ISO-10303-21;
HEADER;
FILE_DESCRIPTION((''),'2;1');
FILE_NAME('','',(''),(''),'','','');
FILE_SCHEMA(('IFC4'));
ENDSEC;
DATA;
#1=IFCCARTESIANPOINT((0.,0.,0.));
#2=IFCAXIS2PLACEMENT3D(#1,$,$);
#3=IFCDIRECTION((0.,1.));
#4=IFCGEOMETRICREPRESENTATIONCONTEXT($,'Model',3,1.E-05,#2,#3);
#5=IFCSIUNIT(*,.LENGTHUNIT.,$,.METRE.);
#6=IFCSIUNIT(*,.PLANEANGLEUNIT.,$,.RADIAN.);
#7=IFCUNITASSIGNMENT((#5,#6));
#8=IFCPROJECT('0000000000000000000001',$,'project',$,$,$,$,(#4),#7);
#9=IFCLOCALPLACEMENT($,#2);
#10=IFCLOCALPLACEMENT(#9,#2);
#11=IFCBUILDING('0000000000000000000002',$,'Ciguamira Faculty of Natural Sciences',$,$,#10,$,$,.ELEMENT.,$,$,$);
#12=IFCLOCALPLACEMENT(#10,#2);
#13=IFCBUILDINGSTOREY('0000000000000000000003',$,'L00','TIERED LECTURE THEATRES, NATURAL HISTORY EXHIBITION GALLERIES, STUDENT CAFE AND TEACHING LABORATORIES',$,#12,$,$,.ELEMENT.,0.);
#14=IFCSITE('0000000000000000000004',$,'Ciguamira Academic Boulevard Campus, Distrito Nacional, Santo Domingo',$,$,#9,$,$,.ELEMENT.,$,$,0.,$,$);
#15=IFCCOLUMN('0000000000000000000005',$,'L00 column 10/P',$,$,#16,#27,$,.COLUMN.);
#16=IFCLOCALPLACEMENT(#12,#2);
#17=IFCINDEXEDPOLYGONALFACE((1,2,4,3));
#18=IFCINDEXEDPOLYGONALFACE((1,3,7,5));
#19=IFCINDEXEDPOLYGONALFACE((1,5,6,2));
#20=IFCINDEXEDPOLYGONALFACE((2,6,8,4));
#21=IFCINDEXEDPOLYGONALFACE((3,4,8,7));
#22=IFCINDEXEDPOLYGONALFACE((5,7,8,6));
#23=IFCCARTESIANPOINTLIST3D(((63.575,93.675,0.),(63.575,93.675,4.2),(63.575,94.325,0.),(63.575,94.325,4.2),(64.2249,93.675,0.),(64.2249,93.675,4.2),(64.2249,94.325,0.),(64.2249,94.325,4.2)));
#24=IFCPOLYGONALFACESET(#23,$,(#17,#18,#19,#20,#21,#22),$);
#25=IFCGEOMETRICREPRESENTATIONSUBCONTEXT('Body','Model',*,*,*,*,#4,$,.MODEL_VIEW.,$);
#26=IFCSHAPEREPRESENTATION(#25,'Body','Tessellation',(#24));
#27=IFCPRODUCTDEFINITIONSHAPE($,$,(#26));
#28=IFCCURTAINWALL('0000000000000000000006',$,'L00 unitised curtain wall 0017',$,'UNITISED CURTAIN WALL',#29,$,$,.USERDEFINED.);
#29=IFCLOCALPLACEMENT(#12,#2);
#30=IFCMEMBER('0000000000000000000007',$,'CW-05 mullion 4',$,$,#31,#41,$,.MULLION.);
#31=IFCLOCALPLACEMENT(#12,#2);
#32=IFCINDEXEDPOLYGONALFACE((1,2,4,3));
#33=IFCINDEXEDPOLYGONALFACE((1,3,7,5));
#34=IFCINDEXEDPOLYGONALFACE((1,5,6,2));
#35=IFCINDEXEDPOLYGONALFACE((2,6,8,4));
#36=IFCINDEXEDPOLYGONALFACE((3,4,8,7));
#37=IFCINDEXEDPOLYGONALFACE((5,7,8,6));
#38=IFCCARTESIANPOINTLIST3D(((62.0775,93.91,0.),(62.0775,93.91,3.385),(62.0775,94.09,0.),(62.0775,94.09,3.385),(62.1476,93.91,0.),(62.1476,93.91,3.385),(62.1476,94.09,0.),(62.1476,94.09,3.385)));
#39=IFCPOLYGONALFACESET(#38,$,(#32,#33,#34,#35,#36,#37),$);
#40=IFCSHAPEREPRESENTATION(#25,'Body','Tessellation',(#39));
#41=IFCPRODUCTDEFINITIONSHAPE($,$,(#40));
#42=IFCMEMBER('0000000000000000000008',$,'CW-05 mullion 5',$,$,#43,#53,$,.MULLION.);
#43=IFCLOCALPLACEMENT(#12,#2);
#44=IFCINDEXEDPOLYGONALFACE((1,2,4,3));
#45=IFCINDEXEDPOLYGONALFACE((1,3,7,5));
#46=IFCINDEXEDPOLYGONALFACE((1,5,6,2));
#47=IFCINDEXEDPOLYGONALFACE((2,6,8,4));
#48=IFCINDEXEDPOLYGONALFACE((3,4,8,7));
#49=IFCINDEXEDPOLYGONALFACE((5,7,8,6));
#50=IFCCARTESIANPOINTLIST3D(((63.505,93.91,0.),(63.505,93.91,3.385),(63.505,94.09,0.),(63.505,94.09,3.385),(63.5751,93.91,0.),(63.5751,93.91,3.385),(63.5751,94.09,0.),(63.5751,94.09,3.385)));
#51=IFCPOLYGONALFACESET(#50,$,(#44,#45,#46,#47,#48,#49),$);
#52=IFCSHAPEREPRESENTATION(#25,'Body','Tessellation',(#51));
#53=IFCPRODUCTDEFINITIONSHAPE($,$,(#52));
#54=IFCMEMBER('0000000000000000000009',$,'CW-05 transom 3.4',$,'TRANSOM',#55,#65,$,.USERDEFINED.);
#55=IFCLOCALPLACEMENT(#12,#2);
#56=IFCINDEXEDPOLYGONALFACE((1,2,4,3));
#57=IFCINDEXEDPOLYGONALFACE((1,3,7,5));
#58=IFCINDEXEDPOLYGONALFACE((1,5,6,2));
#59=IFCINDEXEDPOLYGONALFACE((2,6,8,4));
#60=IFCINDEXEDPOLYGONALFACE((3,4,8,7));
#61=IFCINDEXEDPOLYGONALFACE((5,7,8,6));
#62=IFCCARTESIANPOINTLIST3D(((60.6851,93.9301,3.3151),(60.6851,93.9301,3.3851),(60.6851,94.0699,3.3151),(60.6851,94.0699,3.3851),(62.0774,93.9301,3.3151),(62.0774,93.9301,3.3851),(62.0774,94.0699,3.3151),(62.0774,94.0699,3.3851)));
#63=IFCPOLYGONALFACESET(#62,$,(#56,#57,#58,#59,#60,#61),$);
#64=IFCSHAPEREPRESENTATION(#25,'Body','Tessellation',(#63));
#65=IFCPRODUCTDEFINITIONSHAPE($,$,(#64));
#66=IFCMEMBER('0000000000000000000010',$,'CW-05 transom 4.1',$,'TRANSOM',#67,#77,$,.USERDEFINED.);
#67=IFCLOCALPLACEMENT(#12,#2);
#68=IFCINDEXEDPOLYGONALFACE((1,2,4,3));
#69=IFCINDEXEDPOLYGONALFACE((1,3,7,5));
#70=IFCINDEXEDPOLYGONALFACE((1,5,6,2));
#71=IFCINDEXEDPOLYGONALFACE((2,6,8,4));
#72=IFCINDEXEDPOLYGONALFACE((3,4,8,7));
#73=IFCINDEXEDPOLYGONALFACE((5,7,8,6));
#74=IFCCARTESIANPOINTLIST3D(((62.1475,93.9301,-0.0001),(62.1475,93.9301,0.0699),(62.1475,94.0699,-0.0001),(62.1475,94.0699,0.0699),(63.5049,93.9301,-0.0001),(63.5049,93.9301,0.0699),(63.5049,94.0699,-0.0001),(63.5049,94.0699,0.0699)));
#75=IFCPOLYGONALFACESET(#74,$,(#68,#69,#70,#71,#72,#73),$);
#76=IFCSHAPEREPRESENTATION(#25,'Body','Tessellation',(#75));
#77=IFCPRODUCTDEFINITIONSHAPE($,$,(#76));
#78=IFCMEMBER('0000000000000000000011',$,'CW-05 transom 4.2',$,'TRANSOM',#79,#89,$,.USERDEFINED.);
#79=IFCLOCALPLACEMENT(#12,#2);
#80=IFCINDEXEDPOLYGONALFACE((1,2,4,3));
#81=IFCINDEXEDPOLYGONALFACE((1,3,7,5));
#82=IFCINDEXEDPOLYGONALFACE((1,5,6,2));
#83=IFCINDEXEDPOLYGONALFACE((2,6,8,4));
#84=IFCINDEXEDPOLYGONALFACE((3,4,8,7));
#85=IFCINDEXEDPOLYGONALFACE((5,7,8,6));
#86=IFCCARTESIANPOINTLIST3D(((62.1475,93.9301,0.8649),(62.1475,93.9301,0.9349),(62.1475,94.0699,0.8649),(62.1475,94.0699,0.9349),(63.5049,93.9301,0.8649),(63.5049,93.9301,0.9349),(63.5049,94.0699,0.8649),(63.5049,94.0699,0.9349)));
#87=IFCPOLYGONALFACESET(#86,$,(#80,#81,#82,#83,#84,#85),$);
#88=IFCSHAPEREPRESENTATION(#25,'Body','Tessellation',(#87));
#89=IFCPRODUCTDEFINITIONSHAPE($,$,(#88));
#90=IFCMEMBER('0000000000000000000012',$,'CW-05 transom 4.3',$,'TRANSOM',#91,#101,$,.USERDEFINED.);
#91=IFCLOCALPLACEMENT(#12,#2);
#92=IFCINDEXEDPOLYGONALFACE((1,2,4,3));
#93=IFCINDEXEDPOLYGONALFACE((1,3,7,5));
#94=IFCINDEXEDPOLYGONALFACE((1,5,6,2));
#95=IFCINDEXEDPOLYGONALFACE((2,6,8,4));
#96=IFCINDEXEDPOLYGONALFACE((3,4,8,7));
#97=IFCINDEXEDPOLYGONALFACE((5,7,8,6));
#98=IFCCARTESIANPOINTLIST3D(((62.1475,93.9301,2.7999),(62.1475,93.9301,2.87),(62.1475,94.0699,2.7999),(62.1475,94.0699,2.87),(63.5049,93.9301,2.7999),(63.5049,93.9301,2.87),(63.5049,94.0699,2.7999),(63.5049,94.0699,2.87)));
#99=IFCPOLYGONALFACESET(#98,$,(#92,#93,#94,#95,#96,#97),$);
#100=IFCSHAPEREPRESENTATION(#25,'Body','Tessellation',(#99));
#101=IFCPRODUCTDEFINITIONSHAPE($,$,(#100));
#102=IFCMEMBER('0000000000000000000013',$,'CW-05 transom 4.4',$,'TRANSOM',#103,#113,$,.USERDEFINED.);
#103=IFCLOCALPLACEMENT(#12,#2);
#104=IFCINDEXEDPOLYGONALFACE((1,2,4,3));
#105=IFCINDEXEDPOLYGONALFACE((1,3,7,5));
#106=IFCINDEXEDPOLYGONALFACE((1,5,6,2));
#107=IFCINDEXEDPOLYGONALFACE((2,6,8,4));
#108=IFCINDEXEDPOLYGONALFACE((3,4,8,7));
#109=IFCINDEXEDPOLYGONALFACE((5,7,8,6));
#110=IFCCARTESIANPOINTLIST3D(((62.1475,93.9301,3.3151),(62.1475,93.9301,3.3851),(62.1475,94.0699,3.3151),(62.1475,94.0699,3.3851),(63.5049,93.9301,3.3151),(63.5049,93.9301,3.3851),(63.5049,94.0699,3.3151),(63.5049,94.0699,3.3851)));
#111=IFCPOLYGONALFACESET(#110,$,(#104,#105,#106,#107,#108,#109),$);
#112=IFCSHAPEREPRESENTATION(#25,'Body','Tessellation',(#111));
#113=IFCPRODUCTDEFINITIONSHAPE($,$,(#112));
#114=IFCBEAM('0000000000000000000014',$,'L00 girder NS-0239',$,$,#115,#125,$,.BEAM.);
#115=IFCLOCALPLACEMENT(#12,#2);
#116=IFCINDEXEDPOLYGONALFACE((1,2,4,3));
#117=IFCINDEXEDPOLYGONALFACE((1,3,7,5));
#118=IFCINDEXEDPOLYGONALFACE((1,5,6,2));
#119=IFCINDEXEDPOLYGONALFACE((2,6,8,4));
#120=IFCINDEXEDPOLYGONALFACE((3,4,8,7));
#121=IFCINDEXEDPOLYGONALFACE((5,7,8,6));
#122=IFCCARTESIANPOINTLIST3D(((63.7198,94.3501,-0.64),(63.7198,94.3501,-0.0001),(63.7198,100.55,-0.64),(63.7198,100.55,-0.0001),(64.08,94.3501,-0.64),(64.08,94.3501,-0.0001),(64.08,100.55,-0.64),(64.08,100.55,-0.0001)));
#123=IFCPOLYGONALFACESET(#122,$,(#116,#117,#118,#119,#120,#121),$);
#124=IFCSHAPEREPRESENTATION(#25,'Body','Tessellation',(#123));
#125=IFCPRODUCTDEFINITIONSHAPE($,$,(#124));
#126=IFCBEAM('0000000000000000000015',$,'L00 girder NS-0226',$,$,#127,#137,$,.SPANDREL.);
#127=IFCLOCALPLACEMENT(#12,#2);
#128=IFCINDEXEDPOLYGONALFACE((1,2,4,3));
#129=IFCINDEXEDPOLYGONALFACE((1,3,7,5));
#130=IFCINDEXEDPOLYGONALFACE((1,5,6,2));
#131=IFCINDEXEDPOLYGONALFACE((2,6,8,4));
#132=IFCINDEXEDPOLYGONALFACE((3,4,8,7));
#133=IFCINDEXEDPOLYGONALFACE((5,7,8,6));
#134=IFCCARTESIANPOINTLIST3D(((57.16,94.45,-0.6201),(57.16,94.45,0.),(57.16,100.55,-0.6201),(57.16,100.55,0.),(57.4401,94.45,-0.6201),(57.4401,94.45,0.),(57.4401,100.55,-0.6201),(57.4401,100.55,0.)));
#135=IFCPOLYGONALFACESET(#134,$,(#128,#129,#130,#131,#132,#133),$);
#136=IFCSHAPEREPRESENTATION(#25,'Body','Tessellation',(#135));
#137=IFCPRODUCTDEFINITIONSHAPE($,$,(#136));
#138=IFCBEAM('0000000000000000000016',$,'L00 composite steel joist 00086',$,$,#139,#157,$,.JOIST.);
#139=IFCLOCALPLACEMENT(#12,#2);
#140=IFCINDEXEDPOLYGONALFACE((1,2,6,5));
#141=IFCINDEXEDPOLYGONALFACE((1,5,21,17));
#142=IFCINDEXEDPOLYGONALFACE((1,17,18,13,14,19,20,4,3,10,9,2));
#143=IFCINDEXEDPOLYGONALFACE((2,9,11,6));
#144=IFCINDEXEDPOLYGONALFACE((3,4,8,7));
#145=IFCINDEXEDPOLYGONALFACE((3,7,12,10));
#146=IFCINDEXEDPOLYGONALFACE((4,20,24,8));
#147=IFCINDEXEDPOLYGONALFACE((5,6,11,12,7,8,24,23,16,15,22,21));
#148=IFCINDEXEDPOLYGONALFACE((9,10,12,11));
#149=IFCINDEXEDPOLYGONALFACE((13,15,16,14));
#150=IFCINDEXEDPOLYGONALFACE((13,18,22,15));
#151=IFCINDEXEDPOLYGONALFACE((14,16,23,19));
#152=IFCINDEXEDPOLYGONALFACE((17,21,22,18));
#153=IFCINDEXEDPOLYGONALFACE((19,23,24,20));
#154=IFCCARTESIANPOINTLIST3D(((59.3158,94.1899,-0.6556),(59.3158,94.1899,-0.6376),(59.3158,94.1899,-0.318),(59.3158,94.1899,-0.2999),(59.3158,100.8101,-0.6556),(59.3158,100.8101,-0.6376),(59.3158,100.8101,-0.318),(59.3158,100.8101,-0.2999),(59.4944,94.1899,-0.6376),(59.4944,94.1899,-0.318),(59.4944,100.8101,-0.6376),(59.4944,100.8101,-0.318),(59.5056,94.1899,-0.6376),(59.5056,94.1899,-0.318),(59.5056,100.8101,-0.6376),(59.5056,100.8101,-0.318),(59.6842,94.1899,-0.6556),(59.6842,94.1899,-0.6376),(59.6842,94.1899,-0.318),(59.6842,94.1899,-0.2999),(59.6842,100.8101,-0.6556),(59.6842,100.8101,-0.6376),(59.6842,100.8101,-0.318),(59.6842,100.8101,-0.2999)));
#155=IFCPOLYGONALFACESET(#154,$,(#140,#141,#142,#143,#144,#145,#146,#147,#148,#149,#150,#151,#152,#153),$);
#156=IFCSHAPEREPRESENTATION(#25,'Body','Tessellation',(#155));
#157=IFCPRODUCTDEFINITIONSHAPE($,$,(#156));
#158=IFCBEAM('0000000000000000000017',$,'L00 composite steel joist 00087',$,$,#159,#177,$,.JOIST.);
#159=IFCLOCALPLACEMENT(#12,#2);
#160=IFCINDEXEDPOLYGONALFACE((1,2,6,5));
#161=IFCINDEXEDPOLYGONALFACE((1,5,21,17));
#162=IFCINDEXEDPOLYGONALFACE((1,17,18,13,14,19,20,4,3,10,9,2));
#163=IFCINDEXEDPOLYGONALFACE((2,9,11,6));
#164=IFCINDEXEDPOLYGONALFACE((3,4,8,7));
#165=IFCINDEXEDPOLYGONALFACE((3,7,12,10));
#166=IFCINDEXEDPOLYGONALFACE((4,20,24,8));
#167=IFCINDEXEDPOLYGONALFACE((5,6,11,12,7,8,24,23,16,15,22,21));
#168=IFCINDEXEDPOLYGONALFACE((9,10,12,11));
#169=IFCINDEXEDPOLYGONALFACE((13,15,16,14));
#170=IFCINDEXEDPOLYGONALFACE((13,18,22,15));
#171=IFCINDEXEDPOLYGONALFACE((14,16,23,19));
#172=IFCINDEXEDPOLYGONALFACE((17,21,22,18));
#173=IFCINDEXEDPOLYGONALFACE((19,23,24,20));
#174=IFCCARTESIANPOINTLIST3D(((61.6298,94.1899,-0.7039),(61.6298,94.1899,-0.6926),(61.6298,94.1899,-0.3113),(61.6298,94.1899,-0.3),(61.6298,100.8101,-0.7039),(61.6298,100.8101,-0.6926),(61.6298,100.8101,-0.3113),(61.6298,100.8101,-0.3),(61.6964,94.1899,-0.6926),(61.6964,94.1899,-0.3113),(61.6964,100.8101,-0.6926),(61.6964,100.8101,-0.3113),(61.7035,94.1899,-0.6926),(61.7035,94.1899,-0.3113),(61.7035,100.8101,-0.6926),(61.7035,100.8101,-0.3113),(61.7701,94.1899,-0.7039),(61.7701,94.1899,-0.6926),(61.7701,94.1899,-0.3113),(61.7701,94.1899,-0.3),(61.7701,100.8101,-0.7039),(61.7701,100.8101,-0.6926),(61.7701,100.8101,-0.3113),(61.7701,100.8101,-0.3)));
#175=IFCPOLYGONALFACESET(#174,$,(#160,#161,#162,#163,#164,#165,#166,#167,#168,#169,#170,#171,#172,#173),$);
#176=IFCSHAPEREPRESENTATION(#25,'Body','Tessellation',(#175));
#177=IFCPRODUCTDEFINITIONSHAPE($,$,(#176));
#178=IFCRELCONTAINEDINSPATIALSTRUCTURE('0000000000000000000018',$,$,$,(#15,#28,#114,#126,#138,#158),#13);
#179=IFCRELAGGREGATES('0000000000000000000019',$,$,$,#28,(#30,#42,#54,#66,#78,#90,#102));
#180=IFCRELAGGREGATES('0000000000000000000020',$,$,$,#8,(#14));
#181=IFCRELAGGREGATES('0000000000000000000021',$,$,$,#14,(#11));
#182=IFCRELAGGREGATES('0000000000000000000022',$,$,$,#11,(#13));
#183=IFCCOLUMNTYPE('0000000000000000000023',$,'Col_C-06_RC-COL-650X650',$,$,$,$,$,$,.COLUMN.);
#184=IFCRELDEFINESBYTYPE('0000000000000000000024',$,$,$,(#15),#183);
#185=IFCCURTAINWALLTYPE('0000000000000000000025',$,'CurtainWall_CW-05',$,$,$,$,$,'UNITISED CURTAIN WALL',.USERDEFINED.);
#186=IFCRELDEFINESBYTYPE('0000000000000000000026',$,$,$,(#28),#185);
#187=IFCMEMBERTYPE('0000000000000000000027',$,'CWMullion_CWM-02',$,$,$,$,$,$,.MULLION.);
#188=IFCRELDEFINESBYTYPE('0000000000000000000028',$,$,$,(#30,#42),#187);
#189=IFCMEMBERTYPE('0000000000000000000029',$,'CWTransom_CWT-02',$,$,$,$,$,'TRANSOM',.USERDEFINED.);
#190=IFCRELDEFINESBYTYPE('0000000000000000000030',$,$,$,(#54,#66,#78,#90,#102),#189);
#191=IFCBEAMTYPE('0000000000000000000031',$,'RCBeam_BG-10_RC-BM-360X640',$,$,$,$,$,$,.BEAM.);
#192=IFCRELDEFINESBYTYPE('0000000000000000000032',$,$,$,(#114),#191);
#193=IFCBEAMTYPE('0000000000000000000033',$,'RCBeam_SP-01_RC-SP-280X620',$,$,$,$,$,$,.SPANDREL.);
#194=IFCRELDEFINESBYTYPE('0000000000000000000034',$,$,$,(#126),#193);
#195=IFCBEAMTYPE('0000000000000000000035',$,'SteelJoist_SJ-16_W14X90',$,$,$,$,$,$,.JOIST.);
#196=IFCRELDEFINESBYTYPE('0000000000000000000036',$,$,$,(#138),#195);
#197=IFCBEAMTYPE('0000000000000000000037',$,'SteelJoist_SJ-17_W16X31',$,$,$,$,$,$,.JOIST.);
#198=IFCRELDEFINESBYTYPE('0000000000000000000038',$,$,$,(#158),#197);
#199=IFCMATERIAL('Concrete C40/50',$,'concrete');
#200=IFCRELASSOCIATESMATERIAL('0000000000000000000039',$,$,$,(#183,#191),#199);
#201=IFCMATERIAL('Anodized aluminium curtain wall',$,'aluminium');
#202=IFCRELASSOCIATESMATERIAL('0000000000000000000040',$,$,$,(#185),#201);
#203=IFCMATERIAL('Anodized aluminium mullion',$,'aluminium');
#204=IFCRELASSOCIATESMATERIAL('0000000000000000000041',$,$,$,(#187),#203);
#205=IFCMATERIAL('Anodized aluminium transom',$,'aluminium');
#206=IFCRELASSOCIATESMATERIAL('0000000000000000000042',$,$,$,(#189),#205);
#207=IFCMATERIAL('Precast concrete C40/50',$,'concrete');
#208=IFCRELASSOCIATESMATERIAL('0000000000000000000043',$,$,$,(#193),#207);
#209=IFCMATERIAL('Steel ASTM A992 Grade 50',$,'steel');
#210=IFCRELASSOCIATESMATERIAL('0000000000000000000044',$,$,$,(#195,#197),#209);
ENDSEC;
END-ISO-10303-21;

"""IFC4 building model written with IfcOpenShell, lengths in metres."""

from ifc_helpers import new_model, si_unit, direction, frame, origin, origin_2d, place, context, subcontext, project, spatial, rectangle, i_section, extrude, material, material_profile, profile_set, type_object, element, aggregate, save


model = new_model("IFC4")

# Units and contexts
model_context = context("Model", 3, precision=1e-05, world=origin(), true_north=direction((0.0, 1.0)))
body_context = subcontext(model_context, "Body", "Model", "MODEL_VIEW")
ifc_project = project(units=[si_unit("LENGTHUNIT", "METRE"), si_unit("PLANEANGLEUNIT", "RADIAN")], contexts=[model_context])

# Site, building, storey
site_placement = place(None, origin())
site = spatial("IfcSite", under=ifc_project, at=site_placement, Name="Ciguamira Academic Boulevard Campus, Distrito Nacional, Santo Domingo", CompositionType="ELEMENT", RefElevation=0.0)
building_placement = place(site_placement, origin())
building = spatial("IfcBuilding", under=site, at=building_placement, Name="Ciguamira Faculty of Natural Sciences", CompositionType="ELEMENT")
storey_placement = place(building_placement, origin())
storey = spatial("IfcBuildingStorey", under=building, at=storey_placement, Name="L00", Description="TIERED LECTURE THEATRES, NATURAL HISTORY EXHIBITION GALLERIES, STUDENT CAFE AND TEACHING LABORATORIES", CompositionType="ELEMENT", Elevation=0.0)

# Column
ifc_material_1 = material(Name="Concrete C40/50", Category="concrete")
ifc_material_profile_1 = material_profile(ifc_material_1, rectangle(XDim=0.6499, YDim=0.6499, at=origin_2d()), Name="RC-COL-650X650")
ifc_profile_set_1 = profile_set([ifc_material_profile_1], Name="Concrete C40/50")
column_type = type_object("IfcColumnType", Name="Col_C-06_RC-COL-650X650", PredefinedType="COLUMN", material=ifc_profile_set_1)
column_placement = place(storey_placement, frame((63.8999, 94.0, 0.0), z_axis=(0.0, 0.0, 1.0), x_axis=(1.0, 0.0, 0.0)))
element("IfcColumn", 1, at=column_placement, inside=storey, type_object=column_type, Name="L00 column 10/P", PredefinedType="COLUMN", context=body_context, shape_type="SweptSolid", body=[
    extrude(rectangle(XDim=0.6499, YDim=0.6499, at=origin_2d()), origin(), (0.0, 0.0, 1.0), 4.2),
])

# Curtain wall, members
ifc_material_2 = material(Name="Anodized aluminium curtain wall", Category="aluminium")
curtain_wall_type = type_object("IfcCurtainWallType", Name="CurtainWall_CW-05", ElementType="UNITISED CURTAIN WALL", PredefinedType="USERDEFINED", material=ifc_material_2)
curtain_wall_placement = place(storey_placement, origin())
curtain_wall = element("IfcCurtainWall", 2, at=curtain_wall_placement, inside=storey, type_object=curtain_wall_type, Name="L00 unitised curtain wall 0017", ObjectType="UNITISED CURTAIN WALL", PredefinedType="USERDEFINED")
ifc_material_3 = material(Name="Anodized aluminium mullion", Category="aluminium")
ifc_material_profile_2 = material_profile(ifc_material_3, rectangle(XDim=0.0701, YDim=0.1799, at=origin_2d()), Name="ALU-MUL-70X180")
ifc_profile_set_2 = profile_set([ifc_material_profile_2], Name="Anodized aluminium mullion")
member_type_1 = type_object("IfcMemberType", Name="CWMullion_CWM-02", PredefinedType="MULLION", material=ifc_profile_set_2)
member_1_placement = place(storey_placement, frame((62.1125, 94.0, 0.0), z_axis=(0.0, 0.0, 1.0), x_axis=(1.0, 0.0, 0.0)))
member_1 = element("IfcMember", 3, at=member_1_placement, type_object=member_type_1, Name="CW-05 mullion 4", PredefinedType="MULLION", context=body_context, shape_type="SweptSolid", body=[
    extrude(rectangle(XDim=0.0701, YDim=0.1799, at=origin_2d()), origin(), (0.0, 0.0, 1.0), 3.385),
])
member_2_placement = place(storey_placement, frame((63.54, 94.0, 0.0), z_axis=(0.0, 0.0, 1.0), x_axis=(1.0, 0.0, 0.0)))
member_2 = element("IfcMember", 4, at=member_2_placement, type_object=member_type_1, Name="CW-05 mullion 5", PredefinedType="MULLION", context=body_context, shape_type="SweptSolid", body=[
    extrude(rectangle(XDim=0.0701, YDim=0.1799, at=origin_2d()), origin(), (0.0, 0.0, 1.0), 3.385),
])
ifc_material_4 = material(Name="Anodized aluminium transom", Category="aluminium")
ifc_material_profile_3 = material_profile(ifc_material_4, rectangle(XDim=0.0701, YDim=0.1399, at=origin_2d()), Name="ALU-TRN-70X140")
ifc_profile_set_3 = profile_set([ifc_material_profile_3], Name="Anodized aluminium transom")
member_type_2 = type_object("IfcMemberType", Name="CWTransom_CWT-02", ElementType="TRANSOM", PredefinedType="USERDEFINED", material=ifc_profile_set_3)
member_3_placement = place(storey_placement, frame((60.6851, 94.0, 3.3501), z_axis=(1.0, 0.0, 0.0), x_axis=(0.0, 0.0, 1.0)))
member_3 = element("IfcMember", 5, at=member_3_placement, type_object=member_type_2, Name="CW-05 transom 3.4", ObjectType="TRANSOM", PredefinedType="USERDEFINED", context=body_context, shape_type="SweptSolid", body=[
    extrude(rectangle(XDim=0.0701, YDim=0.1399, at=origin_2d()), origin(), (0.0, 0.0, 1.0), 1.3923),
])
member_4_placement = place(storey_placement, frame((62.1475, 94.0, 0.0349), z_axis=(1.0, 0.0, 0.0), x_axis=(0.0, 0.0, 1.0)))
member_4 = element("IfcMember", 6, at=member_4_placement, type_object=member_type_2, Name="CW-05 transom 4.1", ObjectType="TRANSOM", PredefinedType="USERDEFINED", context=body_context, shape_type="SweptSolid", body=[
    extrude(rectangle(XDim=0.0701, YDim=0.1399, at=origin_2d()), origin(), (0.0, 0.0, 1.0), 1.3574),
])
member_5_placement = place(storey_placement, frame((62.1475, 94.0, 0.8999), z_axis=(1.0, 0.0, 0.0), x_axis=(0.0, 0.0, 1.0)))
member_5 = element("IfcMember", 7, at=member_5_placement, type_object=member_type_2, Name="CW-05 transom 4.2", ObjectType="TRANSOM", PredefinedType="USERDEFINED", context=body_context, shape_type="SweptSolid", body=[
    extrude(rectangle(XDim=0.0701, YDim=0.1399, at=origin_2d()), origin(), (0.0, 0.0, 1.0), 1.3574),
])
member_6_placement = place(storey_placement, frame((62.1475, 94.0, 2.835), z_axis=(1.0, 0.0, 0.0), x_axis=(0.0, 0.0, 1.0)))
member_6 = element("IfcMember", 8, at=member_6_placement, type_object=member_type_2, Name="CW-05 transom 4.3", ObjectType="TRANSOM", PredefinedType="USERDEFINED", context=body_context, shape_type="SweptSolid", body=[
    extrude(rectangle(XDim=0.0701, YDim=0.1399, at=origin_2d()), origin(), (0.0, 0.0, 1.0), 1.3574),
])
member_7_placement = place(storey_placement, frame((62.1475, 94.0, 3.3501), z_axis=(1.0, 0.0, 0.0), x_axis=(0.0, 0.0, 1.0)))
member_7 = element("IfcMember", 9, at=member_7_placement, type_object=member_type_2, Name="CW-05 transom 4.4", ObjectType="TRANSOM", PredefinedType="USERDEFINED", context=body_context, shape_type="SweptSolid", body=[
    extrude(rectangle(XDim=0.0701, YDim=0.1399, at=origin_2d()), origin(), (0.0, 0.0, 1.0), 1.3574),
])

# Beams
ifc_material_profile_4 = material_profile(ifc_material_1, rectangle(XDim=0.3601, YDim=0.6399, at=origin_2d()), Name="RC-BM-360X640")
ifc_profile_set_4 = profile_set([ifc_material_profile_4], Name="Concrete C40/50")
beam_type_1 = type_object("IfcBeamType", Name="RCBeam_BG-10_RC-BM-360X640", PredefinedType="BEAM", material=ifc_profile_set_4)
beam_1_placement = place(storey_placement, frame((63.8999, 94.3501, -0.3201), z_axis=(0.0, 1.0, 0.0), x_axis=(-1.0, 0.0, 0.0)))
element("IfcBeam", 10, at=beam_1_placement, inside=storey, type_object=beam_type_1, Name="L00 girder NS-0239", PredefinedType="BEAM", context=body_context, shape_type="SweptSolid", body=[
    extrude(rectangle(XDim=0.3601, YDim=0.6399, at=origin_2d()), origin(), (0.0, 0.0, 1.0), 6.2),
])
ifc_material_5 = material(Name="Precast concrete C40/50", Category="concrete")
ifc_material_profile_5 = material_profile(ifc_material_5, rectangle(XDim=0.28, YDim=0.6201, at=origin_2d()), Name="RC-SP-280X620")
ifc_profile_set_5 = profile_set([ifc_material_profile_5], Name="Precast concrete C40/50")
beam_type_2 = type_object("IfcBeamType", Name="RCBeam_SP-01_RC-SP-280X620", PredefinedType="SPANDREL", material=ifc_profile_set_5)
beam_2_placement = place(storey_placement, frame((57.3, 94.45, -0.3101), z_axis=(0.0, 1.0, 0.0), x_axis=(-1.0, 0.0, 0.0)))
element("IfcBeam", 11, at=beam_2_placement, inside=storey, type_object=beam_type_2, Name="L00 girder NS-0226", PredefinedType="SPANDREL", context=body_context, shape_type="SweptSolid", body=[
    extrude(rectangle(XDim=0.28, YDim=0.6201, at=origin_2d()), origin(), (0.0, 0.0, 1.0), 6.1001),
])
ifc_material_6 = material(Name="Steel ASTM A992 Grade 50", Category="steel")
ifc_material_profile_6 = material_profile(ifc_material_6, i_section(OverallWidth=0.3684, OverallDepth=0.3557, WebThickness=0.0112, FlangeThickness=0.0181, at=origin_2d()), Name="W14X90")
ifc_profile_set_6 = profile_set([ifc_material_profile_6], Name="Steel ASTM A992 Grade 50")
beam_type_3 = type_object("IfcBeamType", Name="SteelJoist_SJ-16_W14X90", PredefinedType="JOIST", material=ifc_profile_set_6)
beam_3_placement = place(storey_placement, frame((59.5, 94.1899, -0.4778), z_axis=(0.0, 1.0, 0.0), x_axis=(-1.0, 0.0, 0.0)))
element("IfcBeam", 12, at=beam_3_placement, inside=storey, type_object=beam_type_3, Name="L00 composite steel joist 00086", PredefinedType="JOIST", context=body_context, shape_type="SweptSolid", body=[
    extrude(i_section(OverallWidth=0.3684, OverallDepth=0.3557, WebThickness=0.0112, FlangeThickness=0.0181, at=origin_2d()), origin(), (0.0, 0.0, 1.0), 6.6201),
])
ifc_material_profile_7 = material_profile(ifc_material_6, i_section(OverallWidth=0.1404, OverallDepth=0.4038, WebThickness=0.0071, FlangeThickness=0.0112, at=origin_2d()), Name="W16X31")
ifc_profile_set_7 = profile_set([ifc_material_profile_7], Name="Steel ASTM A992 Grade 50")
beam_type_4 = type_object("IfcBeamType", Name="SteelJoist_SJ-17_W16X31", PredefinedType="JOIST", material=ifc_profile_set_7)
beam_4_placement = place(storey_placement, frame((61.7, 94.1899, -0.502), z_axis=(0.0, 1.0, 0.0), x_axis=(-1.0, 0.0, 0.0)))
element("IfcBeam", 13, at=beam_4_placement, inside=storey, type_object=beam_type_4, Name="L00 composite steel joist 00087", PredefinedType="JOIST", context=body_context, shape_type="SweptSolid", body=[
    extrude(i_section(OverallWidth=0.1404, OverallDepth=0.4038, WebThickness=0.0071, FlangeThickness=0.0112, at=origin_2d()), origin(), (0.0, 0.0, 1.0), 6.6201),
])

aggregate(curtain_wall, [member_1, member_2, member_3, member_4, member_5, member_6, member_7])

save(model, "model.ifc")
